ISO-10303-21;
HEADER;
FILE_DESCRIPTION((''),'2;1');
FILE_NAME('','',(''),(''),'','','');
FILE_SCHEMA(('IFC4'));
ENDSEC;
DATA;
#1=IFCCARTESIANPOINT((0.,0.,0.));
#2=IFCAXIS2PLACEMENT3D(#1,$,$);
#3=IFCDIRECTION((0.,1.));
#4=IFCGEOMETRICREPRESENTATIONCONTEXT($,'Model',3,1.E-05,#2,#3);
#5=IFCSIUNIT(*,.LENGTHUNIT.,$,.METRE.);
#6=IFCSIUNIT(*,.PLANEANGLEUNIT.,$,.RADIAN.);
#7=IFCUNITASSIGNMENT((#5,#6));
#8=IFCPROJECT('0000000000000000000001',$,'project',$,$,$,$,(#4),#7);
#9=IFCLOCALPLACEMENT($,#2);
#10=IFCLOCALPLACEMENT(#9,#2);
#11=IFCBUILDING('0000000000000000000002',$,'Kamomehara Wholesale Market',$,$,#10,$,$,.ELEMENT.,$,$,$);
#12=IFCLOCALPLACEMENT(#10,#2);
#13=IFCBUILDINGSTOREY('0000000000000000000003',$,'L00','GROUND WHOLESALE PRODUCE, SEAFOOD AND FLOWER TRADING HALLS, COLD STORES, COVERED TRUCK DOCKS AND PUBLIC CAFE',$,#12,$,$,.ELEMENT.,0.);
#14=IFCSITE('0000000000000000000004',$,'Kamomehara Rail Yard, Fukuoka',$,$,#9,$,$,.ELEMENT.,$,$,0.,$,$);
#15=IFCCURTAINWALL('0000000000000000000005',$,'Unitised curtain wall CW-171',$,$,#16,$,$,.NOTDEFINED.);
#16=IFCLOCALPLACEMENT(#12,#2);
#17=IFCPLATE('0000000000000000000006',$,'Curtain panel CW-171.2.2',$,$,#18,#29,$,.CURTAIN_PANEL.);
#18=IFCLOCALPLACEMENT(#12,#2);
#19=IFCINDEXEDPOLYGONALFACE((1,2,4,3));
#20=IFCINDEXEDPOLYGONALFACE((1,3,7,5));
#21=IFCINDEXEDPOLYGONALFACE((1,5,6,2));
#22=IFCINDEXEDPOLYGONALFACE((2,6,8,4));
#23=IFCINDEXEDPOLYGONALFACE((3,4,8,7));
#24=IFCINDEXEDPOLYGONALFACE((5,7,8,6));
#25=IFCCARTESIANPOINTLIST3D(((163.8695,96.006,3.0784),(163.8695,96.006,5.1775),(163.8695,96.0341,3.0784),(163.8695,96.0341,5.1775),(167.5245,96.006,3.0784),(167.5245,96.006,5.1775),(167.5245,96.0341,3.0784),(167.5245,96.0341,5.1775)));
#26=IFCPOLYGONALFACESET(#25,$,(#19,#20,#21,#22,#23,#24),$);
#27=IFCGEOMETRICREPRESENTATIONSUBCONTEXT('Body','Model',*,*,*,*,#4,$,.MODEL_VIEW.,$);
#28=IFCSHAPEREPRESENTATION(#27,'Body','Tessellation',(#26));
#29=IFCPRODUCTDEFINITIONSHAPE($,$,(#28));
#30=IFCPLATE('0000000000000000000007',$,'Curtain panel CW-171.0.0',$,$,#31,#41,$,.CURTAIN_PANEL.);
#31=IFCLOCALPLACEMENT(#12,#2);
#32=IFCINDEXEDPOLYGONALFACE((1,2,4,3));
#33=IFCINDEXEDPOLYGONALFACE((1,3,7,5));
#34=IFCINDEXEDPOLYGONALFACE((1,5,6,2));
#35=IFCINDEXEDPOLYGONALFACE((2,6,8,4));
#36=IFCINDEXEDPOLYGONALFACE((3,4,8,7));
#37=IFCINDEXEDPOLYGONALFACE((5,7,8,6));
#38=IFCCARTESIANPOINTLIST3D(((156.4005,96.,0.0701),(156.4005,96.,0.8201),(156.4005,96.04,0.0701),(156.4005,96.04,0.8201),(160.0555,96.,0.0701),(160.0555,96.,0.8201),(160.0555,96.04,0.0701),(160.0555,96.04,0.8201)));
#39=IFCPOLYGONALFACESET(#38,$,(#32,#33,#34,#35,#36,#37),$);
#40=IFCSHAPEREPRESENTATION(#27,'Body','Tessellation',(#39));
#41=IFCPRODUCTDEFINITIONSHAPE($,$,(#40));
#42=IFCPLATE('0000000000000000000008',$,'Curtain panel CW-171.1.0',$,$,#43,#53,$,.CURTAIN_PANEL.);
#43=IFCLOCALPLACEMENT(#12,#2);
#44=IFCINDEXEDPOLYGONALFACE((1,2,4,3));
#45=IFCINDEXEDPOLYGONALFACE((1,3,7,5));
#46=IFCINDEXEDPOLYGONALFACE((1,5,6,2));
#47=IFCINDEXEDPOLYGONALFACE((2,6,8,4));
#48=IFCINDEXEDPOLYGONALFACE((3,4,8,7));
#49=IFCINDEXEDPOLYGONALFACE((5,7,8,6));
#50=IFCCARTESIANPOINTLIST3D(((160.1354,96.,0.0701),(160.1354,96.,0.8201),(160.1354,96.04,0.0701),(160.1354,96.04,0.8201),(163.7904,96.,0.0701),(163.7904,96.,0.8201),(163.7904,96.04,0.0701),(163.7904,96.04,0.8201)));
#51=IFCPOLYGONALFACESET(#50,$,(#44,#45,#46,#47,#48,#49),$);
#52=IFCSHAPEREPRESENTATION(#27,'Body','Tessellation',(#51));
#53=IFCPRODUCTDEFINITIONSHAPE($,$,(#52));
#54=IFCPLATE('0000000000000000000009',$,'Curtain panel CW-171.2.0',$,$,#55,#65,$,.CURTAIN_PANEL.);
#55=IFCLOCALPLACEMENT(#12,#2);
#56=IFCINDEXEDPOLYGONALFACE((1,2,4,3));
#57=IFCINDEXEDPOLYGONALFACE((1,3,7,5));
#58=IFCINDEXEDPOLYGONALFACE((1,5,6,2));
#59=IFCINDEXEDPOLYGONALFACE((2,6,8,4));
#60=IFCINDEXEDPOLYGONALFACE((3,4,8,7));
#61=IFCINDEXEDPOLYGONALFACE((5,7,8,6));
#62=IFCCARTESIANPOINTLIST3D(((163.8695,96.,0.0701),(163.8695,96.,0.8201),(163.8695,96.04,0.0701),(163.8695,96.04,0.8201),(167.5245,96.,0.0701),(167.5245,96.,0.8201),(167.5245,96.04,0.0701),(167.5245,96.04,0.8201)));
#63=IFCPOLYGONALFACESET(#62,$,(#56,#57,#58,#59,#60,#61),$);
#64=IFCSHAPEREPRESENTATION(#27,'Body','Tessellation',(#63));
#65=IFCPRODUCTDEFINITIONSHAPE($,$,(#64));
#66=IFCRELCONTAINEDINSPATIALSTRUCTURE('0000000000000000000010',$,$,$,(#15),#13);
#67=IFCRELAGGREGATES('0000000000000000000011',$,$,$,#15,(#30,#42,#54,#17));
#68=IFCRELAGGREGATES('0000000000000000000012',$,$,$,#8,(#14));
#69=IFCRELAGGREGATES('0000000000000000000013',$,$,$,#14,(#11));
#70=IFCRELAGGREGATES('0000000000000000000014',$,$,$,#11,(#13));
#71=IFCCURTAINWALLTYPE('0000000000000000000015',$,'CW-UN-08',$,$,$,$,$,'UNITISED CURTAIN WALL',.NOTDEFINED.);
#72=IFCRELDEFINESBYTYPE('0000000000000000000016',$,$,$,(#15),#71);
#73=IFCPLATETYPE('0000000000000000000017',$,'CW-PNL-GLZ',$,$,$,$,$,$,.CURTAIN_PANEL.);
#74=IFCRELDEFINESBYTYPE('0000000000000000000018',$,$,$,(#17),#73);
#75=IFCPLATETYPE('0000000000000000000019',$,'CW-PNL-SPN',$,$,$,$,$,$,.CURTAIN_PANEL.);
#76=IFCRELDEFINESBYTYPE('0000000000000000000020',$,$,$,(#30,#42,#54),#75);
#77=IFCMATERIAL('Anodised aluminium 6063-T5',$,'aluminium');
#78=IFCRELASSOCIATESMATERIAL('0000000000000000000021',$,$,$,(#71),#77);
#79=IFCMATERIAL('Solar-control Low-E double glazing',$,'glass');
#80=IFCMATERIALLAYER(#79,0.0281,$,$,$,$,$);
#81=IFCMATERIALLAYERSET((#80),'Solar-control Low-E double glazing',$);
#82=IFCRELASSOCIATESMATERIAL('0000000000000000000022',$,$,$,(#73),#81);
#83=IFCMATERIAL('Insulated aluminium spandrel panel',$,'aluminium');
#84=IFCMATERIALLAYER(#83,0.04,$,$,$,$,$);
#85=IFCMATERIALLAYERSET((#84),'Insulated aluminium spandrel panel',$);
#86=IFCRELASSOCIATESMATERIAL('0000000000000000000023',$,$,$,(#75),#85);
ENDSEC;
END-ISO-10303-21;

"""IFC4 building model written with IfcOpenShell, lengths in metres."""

from ifc_helpers import new_model, si_unit, direction, frame, origin, origin_2d, place, context, subcontext, project, spatial, rectangle, extrude, material, layer, layer_set, type_object, element, aggregate, save


model = new_model("IFC4")

# Units and contexts
model_context = context("Model", 3, precision=1e-05, world=origin(), true_north=direction((0.0, 1.0)))
body_context = subcontext(model_context, "Body", "Model", "MODEL_VIEW")
ifc_project = project(units=[si_unit("LENGTHUNIT", "METRE"), si_unit("PLANEANGLEUNIT", "RADIAN")], contexts=[model_context])

# Site, building, storey
site_placement = place(None, origin())
site = spatial("IfcSite", under=ifc_project, at=site_placement, Name="Kamomehara Rail Yard, Fukuoka", CompositionType="ELEMENT", RefElevation=0.0)
building_placement = place(site_placement, origin())
building = spatial("IfcBuilding", under=site, at=building_placement, Name="Kamomehara Wholesale Market", CompositionType="ELEMENT")
storey_placement = place(building_placement, origin())
storey = spatial("IfcBuildingStorey", under=building, at=storey_placement, Name="L00", Description="GROUND WHOLESALE PRODUCE, SEAFOOD AND FLOWER TRADING HALLS, COLD STORES, COVERED TRUCK DOCKS AND PUBLIC CAFE", CompositionType="ELEMENT", Elevation=0.0)

# Curtain wall, plates
ifc_material_1 = material(Name="Anodised aluminium 6063-T5", Category="aluminium")
curtain_wall_type = type_object("IfcCurtainWallType", Name="CW-UN-08", ElementType="UNITISED CURTAIN WALL", PredefinedType="NOTDEFINED", material=ifc_material_1)
curtain_wall_placement = place(storey_placement, origin())
curtain_wall = element("IfcCurtainWall", 1, at=curtain_wall_placement, inside=storey, type_object=curtain_wall_type, Name="Unitised curtain wall CW-171", PredefinedType="NOTDEFINED")
ifc_material_2 = material(Name="Solar-control Low-E double glazing", Category="glass")
ifc_layer_1 = layer(ifc_material_2, 0.0281)
ifc_layer_set_1 = layer_set([ifc_layer_1], Name="Solar-control Low-E double glazing")
plate_type_1 = type_object("IfcPlateType", Name="CW-PNL-GLZ", PredefinedType="CURTAIN_PANEL", material=ifc_layer_set_1)
plate_1_placement = place(storey_placement, frame((165.697, 96.02, 3.0784), z_axis=(0.0, 0.0, 1.0), x_axis=(1.0, 0.0, 0.0)))
plate_1 = element("IfcPlate", 2, at=plate_1_placement, type_object=plate_type_1, Name="Curtain panel CW-171.2.2", PredefinedType="CURTAIN_PANEL", context=body_context, shape_type="SweptSolid", body=[
    extrude(rectangle(XDim=3.655, YDim=0.0281, at=origin_2d()), origin(), (0.0, 0.0, 1.0), 2.0991),
])
ifc_material_3 = material(Name="Insulated aluminium spandrel panel", Category="aluminium")
ifc_layer_2 = layer(ifc_material_3, 0.04)
ifc_layer_set_2 = layer_set([ifc_layer_2], Name="Insulated aluminium spandrel panel")
plate_type_2 = type_object("IfcPlateType", Name="CW-PNL-SPN", PredefinedType="CURTAIN_PANEL", material=ifc_layer_set_2)
plate_2_placement = place(storey_placement, frame((158.228, 96.02, 0.0701), z_axis=(0.0, 0.0, 1.0), x_axis=(1.0, 0.0, 0.0)))
plate_2 = element("IfcPlate", 3, at=plate_2_placement, type_object=plate_type_2, Name="Curtain panel CW-171.0.0", PredefinedType="CURTAIN_PANEL", context=body_context, shape_type="SweptSolid", body=[
    extrude(rectangle(XDim=3.655, YDim=0.04, at=origin_2d()), origin(), (0.0, 0.0, 1.0), 0.75),
])
plate_3_placement = place(storey_placement, frame((161.9629, 96.02, 0.0701), z_axis=(0.0, 0.0, 1.0), x_axis=(1.0, 0.0, 0.0)))
plate_3 = element("IfcPlate", 4, at=plate_3_placement, type_object=plate_type_2, Name="Curtain panel CW-171.1.0", PredefinedType="CURTAIN_PANEL", context=body_context, shape_type="SweptSolid", body=[
    extrude(rectangle(XDim=3.655, YDim=0.04, at=origin_2d()), origin(), (0.0, 0.0, 1.0), 0.75),
])
plate_4_placement = place(storey_placement, frame((165.697, 96.02, 0.0701), z_axis=(0.0, 0.0, 1.0), x_axis=(1.0, 0.0, 0.0)))
plate_4 = element("IfcPlate", 5, at=plate_4_placement, type_object=plate_type_2, Name="Curtain panel CW-171.2.0", PredefinedType="CURTAIN_PANEL", context=body_context, shape_type="SweptSolid", body=[
    extrude(rectangle(XDim=3.655, YDim=0.04, at=origin_2d()), origin(), (0.0, 0.0, 1.0), 0.75),
])
aggregate(curtain_wall, [plate_2, plate_3, plate_4, plate_1])

save(model, "model.ifc")
